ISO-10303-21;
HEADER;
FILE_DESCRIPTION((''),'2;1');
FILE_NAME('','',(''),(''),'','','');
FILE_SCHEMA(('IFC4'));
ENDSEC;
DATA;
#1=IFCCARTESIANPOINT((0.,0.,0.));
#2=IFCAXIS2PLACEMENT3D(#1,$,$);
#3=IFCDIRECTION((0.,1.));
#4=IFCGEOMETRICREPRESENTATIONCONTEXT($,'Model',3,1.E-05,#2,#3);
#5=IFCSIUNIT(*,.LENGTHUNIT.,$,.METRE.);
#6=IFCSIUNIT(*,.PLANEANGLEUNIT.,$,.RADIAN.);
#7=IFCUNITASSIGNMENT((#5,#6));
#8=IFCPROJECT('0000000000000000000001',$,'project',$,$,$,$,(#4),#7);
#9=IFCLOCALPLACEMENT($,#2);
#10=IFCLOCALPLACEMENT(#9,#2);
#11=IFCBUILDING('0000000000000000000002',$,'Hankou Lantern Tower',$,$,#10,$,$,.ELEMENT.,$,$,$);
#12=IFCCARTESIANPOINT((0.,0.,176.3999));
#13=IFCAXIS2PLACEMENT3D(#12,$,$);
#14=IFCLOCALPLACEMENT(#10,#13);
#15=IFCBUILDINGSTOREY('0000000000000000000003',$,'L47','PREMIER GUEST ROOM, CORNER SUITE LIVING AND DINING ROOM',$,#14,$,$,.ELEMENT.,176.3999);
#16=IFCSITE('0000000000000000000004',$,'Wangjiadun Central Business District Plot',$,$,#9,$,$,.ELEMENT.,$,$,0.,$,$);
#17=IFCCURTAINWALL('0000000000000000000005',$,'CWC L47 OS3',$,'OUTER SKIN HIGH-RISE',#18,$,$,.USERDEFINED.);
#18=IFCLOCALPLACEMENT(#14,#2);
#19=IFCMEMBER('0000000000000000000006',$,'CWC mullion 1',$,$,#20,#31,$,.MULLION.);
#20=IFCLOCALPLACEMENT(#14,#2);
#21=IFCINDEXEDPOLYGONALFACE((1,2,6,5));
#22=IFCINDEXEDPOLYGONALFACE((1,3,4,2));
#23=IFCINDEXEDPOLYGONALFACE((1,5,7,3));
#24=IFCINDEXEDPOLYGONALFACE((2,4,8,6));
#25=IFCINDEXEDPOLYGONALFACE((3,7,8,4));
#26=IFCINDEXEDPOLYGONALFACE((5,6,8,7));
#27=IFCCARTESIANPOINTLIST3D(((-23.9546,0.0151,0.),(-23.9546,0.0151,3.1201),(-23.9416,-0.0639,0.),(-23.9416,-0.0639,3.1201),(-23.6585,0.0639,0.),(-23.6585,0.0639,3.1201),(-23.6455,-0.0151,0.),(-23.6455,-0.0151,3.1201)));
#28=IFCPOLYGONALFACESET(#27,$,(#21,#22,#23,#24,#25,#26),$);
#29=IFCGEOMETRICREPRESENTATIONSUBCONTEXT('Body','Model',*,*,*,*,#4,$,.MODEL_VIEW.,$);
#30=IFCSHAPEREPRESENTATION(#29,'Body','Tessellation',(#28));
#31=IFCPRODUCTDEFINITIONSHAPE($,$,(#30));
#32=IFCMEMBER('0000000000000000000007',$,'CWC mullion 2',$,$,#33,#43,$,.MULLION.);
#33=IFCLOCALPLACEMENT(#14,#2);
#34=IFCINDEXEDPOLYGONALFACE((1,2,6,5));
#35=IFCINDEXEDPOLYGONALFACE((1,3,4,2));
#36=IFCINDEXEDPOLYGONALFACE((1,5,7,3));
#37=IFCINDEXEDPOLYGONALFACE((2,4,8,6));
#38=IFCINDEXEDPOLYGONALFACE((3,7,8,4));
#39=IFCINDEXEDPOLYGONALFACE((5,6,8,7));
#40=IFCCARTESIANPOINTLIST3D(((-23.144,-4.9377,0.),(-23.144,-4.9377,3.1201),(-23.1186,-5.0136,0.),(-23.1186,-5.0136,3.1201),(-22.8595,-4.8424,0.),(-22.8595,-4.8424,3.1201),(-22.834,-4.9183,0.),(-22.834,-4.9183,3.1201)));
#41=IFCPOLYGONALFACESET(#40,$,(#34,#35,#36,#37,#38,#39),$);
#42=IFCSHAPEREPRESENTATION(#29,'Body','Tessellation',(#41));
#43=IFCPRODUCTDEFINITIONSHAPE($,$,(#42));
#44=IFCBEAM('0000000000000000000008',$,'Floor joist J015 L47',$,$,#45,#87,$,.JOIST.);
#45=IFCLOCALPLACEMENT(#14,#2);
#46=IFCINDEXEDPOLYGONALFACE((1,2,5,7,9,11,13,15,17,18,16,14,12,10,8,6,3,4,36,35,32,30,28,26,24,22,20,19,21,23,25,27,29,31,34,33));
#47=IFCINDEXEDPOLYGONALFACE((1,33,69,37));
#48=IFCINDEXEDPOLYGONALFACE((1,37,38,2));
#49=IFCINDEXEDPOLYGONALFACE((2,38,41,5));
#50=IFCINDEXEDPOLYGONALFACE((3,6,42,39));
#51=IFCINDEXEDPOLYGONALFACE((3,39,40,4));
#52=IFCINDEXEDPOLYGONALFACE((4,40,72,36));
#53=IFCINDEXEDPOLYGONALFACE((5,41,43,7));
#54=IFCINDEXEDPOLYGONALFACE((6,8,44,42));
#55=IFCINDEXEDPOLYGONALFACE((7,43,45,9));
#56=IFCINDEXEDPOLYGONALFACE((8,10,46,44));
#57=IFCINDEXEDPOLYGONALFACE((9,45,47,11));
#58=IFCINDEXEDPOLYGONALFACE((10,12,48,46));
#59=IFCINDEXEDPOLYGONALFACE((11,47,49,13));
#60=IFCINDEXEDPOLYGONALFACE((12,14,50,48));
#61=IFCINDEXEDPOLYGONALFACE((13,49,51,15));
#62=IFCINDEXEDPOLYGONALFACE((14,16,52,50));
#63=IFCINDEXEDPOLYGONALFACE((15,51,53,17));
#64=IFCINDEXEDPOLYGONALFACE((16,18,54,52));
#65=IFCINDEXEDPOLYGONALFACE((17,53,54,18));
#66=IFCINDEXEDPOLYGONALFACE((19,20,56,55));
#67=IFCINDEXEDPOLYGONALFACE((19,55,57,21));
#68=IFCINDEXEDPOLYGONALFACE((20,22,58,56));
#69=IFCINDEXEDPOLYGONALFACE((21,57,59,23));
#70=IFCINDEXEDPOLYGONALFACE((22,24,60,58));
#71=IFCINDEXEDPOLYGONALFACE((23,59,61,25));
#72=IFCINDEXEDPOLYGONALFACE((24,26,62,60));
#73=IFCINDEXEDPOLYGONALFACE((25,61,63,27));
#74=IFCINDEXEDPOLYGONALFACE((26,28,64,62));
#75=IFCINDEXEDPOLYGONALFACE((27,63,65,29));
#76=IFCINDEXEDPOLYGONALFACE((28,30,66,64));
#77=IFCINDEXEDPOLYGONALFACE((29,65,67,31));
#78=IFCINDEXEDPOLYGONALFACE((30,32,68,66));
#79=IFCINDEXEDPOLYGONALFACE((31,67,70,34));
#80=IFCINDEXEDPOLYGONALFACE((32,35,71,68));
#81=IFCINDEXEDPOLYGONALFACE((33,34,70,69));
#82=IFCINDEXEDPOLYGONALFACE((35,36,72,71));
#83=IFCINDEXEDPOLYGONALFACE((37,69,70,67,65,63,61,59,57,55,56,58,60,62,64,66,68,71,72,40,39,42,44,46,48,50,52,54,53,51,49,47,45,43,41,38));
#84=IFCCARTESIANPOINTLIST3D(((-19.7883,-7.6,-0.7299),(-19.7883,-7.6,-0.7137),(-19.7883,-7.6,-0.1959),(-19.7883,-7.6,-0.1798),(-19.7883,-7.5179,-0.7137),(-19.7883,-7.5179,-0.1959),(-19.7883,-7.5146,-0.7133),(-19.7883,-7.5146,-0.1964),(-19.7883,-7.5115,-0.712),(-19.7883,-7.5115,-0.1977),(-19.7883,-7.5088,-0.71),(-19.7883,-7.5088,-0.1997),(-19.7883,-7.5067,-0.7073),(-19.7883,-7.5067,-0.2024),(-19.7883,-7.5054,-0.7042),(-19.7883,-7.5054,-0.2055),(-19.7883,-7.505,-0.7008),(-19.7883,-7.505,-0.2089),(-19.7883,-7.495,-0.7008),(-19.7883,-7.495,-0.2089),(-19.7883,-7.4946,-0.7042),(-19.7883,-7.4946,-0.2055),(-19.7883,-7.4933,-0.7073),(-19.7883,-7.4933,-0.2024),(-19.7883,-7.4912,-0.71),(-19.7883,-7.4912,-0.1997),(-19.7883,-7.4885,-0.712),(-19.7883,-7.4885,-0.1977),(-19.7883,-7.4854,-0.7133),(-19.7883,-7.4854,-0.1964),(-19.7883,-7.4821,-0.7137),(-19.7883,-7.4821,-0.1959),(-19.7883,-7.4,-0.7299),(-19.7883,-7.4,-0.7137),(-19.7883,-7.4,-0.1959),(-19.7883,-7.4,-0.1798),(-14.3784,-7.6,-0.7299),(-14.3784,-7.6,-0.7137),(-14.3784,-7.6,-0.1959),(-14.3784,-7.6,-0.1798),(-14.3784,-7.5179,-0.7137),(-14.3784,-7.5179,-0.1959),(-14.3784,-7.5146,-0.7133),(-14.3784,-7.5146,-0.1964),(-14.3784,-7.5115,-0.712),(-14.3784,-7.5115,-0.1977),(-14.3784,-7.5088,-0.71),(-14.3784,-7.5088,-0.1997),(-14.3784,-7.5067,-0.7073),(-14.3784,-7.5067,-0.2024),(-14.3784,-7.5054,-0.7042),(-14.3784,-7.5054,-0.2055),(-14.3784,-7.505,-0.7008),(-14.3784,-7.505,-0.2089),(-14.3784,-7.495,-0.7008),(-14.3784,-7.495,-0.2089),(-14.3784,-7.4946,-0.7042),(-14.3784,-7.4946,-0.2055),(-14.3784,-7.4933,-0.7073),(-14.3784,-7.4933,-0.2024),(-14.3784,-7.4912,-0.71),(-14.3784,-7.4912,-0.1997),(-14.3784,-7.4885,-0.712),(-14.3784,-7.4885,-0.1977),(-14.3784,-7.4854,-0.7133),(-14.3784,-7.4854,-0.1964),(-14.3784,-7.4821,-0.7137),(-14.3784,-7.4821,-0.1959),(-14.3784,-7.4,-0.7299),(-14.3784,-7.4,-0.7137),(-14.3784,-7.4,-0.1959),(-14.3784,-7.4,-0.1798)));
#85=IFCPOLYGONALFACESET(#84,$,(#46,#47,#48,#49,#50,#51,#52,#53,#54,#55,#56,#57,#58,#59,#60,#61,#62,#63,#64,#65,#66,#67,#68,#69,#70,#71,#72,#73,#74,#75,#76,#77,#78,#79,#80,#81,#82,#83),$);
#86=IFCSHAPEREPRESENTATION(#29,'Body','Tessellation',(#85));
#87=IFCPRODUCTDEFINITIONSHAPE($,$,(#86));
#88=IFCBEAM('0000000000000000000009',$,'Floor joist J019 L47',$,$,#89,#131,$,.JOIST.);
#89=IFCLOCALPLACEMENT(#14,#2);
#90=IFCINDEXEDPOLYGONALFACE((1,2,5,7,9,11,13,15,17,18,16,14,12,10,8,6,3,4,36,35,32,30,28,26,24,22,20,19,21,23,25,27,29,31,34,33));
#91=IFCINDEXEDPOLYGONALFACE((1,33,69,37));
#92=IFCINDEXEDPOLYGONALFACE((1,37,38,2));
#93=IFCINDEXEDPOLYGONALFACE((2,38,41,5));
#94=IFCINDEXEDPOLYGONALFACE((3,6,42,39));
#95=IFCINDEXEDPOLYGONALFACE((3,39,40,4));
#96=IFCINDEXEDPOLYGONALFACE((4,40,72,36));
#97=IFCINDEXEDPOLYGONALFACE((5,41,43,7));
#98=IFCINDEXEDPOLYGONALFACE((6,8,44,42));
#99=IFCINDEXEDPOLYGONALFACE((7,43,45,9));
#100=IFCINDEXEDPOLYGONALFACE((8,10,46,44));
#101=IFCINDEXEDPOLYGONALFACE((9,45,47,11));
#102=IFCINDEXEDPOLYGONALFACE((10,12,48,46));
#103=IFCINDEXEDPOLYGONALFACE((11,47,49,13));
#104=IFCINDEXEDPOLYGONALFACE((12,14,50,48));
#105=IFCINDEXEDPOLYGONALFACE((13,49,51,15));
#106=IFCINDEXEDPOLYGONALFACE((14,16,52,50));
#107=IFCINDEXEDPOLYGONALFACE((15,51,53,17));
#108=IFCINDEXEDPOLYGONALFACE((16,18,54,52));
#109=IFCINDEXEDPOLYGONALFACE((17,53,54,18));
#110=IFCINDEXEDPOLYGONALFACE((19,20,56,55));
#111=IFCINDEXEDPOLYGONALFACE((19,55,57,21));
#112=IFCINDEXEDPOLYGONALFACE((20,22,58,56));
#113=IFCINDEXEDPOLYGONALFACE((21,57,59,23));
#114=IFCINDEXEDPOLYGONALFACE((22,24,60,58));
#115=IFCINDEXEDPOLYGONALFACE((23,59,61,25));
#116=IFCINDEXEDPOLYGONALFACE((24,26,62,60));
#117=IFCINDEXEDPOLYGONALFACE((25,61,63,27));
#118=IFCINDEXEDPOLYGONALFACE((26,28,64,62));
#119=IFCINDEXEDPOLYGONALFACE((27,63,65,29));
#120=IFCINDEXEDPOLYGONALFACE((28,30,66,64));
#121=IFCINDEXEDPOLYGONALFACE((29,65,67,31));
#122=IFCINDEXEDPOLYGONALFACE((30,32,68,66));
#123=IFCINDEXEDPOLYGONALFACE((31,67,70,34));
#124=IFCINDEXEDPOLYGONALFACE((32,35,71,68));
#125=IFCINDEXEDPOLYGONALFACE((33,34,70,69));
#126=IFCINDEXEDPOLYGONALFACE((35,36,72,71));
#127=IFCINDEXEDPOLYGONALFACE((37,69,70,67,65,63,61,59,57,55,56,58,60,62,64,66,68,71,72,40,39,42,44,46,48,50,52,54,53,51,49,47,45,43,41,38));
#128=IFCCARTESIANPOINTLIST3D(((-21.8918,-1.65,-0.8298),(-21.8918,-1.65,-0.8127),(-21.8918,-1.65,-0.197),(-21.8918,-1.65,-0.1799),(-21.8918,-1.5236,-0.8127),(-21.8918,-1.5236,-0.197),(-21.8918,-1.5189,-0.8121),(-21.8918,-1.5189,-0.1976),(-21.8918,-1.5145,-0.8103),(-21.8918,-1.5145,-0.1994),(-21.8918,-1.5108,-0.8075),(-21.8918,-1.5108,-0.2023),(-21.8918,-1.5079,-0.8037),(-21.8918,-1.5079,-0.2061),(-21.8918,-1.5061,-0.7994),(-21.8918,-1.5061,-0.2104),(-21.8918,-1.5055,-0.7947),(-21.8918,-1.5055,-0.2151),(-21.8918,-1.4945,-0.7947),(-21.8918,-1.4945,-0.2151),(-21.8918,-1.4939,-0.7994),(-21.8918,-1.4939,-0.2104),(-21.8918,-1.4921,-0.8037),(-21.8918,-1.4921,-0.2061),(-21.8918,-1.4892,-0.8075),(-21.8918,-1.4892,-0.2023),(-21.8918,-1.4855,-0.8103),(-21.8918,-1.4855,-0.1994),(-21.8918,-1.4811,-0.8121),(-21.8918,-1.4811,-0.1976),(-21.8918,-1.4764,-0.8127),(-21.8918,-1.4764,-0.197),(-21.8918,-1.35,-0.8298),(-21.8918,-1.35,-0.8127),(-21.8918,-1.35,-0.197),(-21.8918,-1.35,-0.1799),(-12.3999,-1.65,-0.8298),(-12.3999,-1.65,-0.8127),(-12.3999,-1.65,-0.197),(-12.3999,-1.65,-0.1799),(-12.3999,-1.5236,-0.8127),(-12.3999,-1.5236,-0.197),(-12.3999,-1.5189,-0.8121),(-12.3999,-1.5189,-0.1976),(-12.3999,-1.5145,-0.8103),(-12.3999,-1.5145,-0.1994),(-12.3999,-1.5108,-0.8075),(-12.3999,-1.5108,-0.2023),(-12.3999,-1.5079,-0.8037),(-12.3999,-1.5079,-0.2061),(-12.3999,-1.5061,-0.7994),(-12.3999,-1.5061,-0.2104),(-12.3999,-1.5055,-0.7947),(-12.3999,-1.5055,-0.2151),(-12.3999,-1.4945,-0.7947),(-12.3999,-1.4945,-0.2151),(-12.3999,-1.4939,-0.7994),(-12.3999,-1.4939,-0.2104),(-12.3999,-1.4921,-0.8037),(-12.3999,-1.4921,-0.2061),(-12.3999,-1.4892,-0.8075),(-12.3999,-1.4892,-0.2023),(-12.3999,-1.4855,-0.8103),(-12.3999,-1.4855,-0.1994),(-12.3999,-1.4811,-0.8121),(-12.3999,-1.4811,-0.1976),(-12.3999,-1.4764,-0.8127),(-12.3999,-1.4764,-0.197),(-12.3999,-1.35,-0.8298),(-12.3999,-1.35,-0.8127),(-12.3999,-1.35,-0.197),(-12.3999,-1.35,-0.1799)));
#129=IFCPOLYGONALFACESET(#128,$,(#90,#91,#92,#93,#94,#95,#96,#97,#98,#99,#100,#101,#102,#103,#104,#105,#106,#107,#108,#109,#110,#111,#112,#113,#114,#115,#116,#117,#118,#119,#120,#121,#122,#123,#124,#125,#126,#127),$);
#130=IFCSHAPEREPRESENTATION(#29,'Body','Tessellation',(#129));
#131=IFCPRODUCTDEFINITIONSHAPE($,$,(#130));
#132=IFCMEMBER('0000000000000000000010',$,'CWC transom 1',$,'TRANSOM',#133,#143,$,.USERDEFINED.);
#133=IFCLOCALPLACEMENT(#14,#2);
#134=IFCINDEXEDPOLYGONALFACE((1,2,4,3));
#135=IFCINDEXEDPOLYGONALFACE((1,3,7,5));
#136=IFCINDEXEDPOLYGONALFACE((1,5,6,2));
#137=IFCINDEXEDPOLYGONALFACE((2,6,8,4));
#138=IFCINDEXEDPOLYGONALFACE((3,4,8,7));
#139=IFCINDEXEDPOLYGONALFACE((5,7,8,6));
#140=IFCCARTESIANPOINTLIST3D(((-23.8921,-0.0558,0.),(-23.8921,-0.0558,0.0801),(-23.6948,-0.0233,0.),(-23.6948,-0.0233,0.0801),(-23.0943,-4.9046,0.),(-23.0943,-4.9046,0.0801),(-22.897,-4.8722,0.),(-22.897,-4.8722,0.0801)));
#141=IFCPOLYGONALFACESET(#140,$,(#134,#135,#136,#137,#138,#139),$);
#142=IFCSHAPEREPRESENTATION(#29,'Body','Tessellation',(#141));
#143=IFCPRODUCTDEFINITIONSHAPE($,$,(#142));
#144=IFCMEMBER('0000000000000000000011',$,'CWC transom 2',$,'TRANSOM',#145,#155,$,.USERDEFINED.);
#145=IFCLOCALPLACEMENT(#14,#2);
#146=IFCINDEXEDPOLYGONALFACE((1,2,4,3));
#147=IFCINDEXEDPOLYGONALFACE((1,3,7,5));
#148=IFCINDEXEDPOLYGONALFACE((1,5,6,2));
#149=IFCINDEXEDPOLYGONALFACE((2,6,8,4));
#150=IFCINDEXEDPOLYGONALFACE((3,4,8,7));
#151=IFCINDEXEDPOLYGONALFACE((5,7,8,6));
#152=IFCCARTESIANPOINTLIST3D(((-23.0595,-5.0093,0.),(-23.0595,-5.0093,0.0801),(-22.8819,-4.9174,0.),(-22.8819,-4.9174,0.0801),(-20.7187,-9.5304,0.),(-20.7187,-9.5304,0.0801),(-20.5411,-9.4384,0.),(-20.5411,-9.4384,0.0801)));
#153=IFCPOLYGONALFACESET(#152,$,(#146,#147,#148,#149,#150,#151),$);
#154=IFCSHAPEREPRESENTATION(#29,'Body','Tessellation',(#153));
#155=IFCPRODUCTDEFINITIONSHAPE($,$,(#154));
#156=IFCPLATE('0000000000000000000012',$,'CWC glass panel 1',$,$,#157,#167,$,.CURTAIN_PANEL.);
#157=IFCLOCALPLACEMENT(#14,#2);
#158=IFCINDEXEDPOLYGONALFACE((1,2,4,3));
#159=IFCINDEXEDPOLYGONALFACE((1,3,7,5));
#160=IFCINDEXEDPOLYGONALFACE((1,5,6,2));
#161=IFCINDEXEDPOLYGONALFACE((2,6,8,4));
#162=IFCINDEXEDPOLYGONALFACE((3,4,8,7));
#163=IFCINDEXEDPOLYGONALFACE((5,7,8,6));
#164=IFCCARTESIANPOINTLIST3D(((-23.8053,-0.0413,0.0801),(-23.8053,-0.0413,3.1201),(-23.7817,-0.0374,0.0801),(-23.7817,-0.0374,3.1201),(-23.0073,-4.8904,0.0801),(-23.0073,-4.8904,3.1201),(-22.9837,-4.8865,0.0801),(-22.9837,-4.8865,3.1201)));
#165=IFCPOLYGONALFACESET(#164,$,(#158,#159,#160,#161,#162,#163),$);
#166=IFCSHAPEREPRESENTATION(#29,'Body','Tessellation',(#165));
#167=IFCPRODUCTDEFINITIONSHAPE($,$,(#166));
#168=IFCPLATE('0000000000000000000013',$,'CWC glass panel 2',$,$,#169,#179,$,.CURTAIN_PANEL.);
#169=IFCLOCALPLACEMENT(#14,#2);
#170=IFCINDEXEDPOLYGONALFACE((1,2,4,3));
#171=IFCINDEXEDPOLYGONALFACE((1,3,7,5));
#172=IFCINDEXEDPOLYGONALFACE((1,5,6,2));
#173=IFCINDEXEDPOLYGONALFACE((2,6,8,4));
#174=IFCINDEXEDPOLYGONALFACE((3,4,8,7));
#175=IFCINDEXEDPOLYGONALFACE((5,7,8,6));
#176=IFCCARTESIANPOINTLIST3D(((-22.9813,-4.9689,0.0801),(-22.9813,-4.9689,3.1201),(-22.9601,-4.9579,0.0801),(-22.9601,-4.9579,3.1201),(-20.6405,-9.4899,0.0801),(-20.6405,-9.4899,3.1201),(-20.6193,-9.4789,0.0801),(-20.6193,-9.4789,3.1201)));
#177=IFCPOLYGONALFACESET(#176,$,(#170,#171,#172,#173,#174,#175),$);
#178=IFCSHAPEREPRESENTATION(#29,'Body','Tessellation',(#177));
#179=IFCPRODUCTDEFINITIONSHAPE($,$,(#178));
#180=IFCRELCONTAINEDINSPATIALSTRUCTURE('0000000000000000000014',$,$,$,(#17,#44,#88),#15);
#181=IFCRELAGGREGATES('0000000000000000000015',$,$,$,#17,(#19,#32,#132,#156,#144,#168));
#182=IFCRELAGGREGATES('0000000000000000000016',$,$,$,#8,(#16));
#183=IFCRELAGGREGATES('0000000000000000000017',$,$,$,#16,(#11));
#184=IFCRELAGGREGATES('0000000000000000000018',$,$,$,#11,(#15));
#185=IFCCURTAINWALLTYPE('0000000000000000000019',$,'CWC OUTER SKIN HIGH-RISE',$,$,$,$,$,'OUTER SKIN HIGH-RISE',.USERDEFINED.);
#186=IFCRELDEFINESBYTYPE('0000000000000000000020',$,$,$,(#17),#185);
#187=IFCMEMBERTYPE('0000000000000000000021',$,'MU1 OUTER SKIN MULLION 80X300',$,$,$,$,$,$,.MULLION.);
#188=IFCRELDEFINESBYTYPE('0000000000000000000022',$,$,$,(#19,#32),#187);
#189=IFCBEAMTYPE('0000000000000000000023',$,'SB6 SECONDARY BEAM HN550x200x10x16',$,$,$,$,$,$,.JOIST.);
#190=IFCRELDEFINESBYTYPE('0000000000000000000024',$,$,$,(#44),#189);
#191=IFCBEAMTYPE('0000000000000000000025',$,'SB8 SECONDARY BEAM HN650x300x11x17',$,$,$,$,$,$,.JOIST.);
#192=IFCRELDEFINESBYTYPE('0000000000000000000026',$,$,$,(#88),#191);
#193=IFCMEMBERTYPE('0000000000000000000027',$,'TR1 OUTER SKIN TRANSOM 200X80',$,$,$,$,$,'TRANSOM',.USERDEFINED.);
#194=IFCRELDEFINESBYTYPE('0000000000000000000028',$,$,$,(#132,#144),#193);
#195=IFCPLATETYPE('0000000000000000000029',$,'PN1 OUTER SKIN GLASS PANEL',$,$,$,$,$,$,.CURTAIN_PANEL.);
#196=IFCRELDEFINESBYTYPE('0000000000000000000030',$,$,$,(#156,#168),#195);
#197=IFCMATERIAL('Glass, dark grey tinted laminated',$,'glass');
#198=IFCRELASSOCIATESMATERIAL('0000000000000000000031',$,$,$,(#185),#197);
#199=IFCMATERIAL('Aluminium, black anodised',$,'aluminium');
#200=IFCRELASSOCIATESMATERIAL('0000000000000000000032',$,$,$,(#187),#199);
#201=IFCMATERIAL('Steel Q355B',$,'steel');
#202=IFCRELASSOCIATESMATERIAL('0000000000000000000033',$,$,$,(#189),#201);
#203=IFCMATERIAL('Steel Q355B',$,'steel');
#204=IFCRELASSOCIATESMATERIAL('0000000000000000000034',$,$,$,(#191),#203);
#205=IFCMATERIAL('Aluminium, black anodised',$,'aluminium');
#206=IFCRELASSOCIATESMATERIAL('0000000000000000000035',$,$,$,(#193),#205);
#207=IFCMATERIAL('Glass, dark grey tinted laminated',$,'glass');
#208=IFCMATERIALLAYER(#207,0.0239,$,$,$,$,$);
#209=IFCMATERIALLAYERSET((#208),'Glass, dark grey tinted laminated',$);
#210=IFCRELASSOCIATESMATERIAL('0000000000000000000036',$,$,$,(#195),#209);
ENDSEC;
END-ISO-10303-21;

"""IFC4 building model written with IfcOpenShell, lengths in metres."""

from ifc_helpers import new_model, si_unit, direction, frame, origin, origin_2d, place, context, subcontext, project, spatial, rectangle, i_section, extrude, material, layer, layer_set, material_profile, profile_set, type_object, element, aggregate, save


model = new_model("IFC4")

# Units and contexts
model_context = context("Model", 3, precision=1e-05, world=origin(), true_north=direction((0.0, 1.0)))
body_context = subcontext(model_context, "Body", "Model", "MODEL_VIEW")
ifc_project = project(units=[si_unit("LENGTHUNIT", "METRE"), si_unit("PLANEANGLEUNIT", "RADIAN")], contexts=[model_context])

# Site, building, storey
site_placement = place(None, origin())
site = spatial("IfcSite", under=ifc_project, at=site_placement, Name="Wangjiadun Central Business District Plot", CompositionType="ELEMENT", RefElevation=0.0)
building_placement = place(site_placement, origin())
building = spatial("IfcBuilding", under=site, at=building_placement, Name="Hankou Lantern Tower", CompositionType="ELEMENT")
storey_placement = place(building_placement, frame((0.0, 0.0, 176.3999)))
storey = spatial("IfcBuildingStorey", under=building, at=storey_placement, Name="L47", Description="PREMIER GUEST ROOM, CORNER SUITE LIVING AND DINING ROOM", CompositionType="ELEMENT", Elevation=176.3999)

# Curtain wall, members
ifc_material_1 = material(Name="Glass, dark grey tinted laminated", Category="glass")
curtain_wall_type = type_object("IfcCurtainWallType", Name="CWC OUTER SKIN HIGH-RISE", ElementType="OUTER SKIN HIGH-RISE", PredefinedType="USERDEFINED", material=ifc_material_1)
curtain_wall_placement = place(storey_placement, origin())
curtain_wall = element("IfcCurtainWall", 1, at=curtain_wall_placement, inside=storey, type_object=curtain_wall_type, Name="CWC L47 OS3", ObjectType="OUTER SKIN HIGH-RISE", PredefinedType="USERDEFINED")
ifc_material_2 = material(Name="Aluminium, black anodised", Category="aluminium")
ifc_material_profile_1 = material_profile(ifc_material_2, rectangle(XDim=0.0801, YDim=0.3, at=origin_2d()), Name="MU1 80X300")
ifc_profile_set_1 = profile_set([ifc_material_profile_1], Name="Aluminium, black anodised")
member_type_1 = type_object("IfcMemberType", Name="MU1 OUTER SKIN MULLION 80X300", PredefinedType="MULLION", material=ifc_profile_set_1)
member_1_placement = place(storey_placement, frame((-23.8, 0.0, 0.0), z_axis=(0.0, 0.0, 1.0), x_axis=(0.162382, -0.986728, 0.0)))
member_1 = element("IfcMember", 2, at=member_1_placement, type_object=member_type_1, Name="CWC mullion 1", PredefinedType="MULLION", context=body_context, shape_type="SweptSolid", body=[
    extrude(rectangle(XDim=0.0801, YDim=0.3, at=origin_2d()), origin(), (0.0, 0.0, 1.0), 3.1201),
])
member_2_placement = place(storey_placement, frame((-22.989, -4.928, 0.0), z_axis=(0.0, 0.0, 1.0), x_axis=(0.317596, -0.948226, 0.0)))
member_2 = element("IfcMember", 3, at=member_2_placement, type_object=member_type_1, Name="CWC mullion 2", PredefinedType="MULLION", context=body_context, shape_type="SweptSolid", body=[
    extrude(rectangle(XDim=0.0801, YDim=0.3, at=origin_2d()), origin(), (0.0, 0.0, 1.0), 3.1201),
])

# Beams
ifc_material_3 = material(Name="Steel Q355B", Category="steel")
ifc_material_profile_2 = material_profile(ifc_material_3, i_section(OverallWidth=0.2, OverallDepth=0.55, WebThickness=0.01, FlangeThickness=0.0161, FilletRadius=0.0129, at=origin_2d()), Name="HN550x200x10x16")
ifc_profile_set_2 = profile_set([ifc_material_profile_2], Name="Steel Q355B")
beam_type_1 = type_object("IfcBeamType", Name="SB6 SECONDARY BEAM HN550x200x10x16", PredefinedType="JOIST", material=ifc_profile_set_2)
beam_1_placement = place(storey_placement, frame((-19.7883, -7.5, -0.4548), z_axis=(1.0, 0.0, 0.0), x_axis=(0.0, 1.0, 0.0)))
element("IfcBeam", 4, at=beam_1_placement, inside=storey, type_object=beam_type_1, Name="Floor joist J015 L47", PredefinedType="JOIST", context=body_context, shape_type="SweptSolid", body=[
    extrude(i_section(OverallWidth=0.2, OverallDepth=0.55, WebThickness=0.01, FlangeThickness=0.0161, FilletRadius=0.0129, at=origin_2d()), origin(), (0.0, 0.0, 1.0), 5.4099),
])
ifc_material_4 = material(Name="Steel Q355B", Category="steel")
ifc_material_profile_3 = material_profile(ifc_material_4, i_section(OverallWidth=0.3, OverallDepth=0.6499, WebThickness=0.011, FlangeThickness=0.0171, FilletRadius=0.0181, at=origin_2d()), Name="HN650x300x11x17")
ifc_profile_set_3 = profile_set([ifc_material_profile_3], Name="Steel Q355B")
beam_type_2 = type_object("IfcBeamType", Name="SB8 SECONDARY BEAM HN650x300x11x17", PredefinedType="JOIST", material=ifc_profile_set_3)
beam_2_placement = place(storey_placement, frame((-21.8918, -1.5, -0.5049), z_axis=(1.0, 0.0, 0.0), x_axis=(0.0, 1.0, 0.0)))
element("IfcBeam", 5, at=beam_2_placement, inside=storey, type_object=beam_type_2, Name="Floor joist J019 L47", PredefinedType="JOIST", context=body_context, shape_type="SweptSolid", body=[
    extrude(i_section(OverallWidth=0.3, OverallDepth=0.6499, WebThickness=0.011, FlangeThickness=0.0171, FilletRadius=0.0181, at=origin_2d()), origin(), (0.0, 0.0, 1.0), 9.4919),
])

# Members
ifc_material_5 = material(Name="Aluminium, black anodised", Category="aluminium")
ifc_material_profile_4 = material_profile(ifc_material_5, rectangle(XDim=0.2, YDim=0.0801, at=origin_2d()), Name="TR1 200X80")
ifc_profile_set_4 = profile_set([ifc_material_profile_4], Name="Aluminium, black anodised")
member_type_2 = type_object("IfcMemberType", Name="TR1 OUTER SKIN TRANSOM 200X80", ElementType="TRANSOM", PredefinedType="USERDEFINED", material=ifc_profile_set_4)
member_3_placement = place(storey_placement, frame((-23.7935, -0.0396, 0.04), z_axis=(0.16236, -0.986732, 0.0), x_axis=(0.986732, 0.16236, 0.0)))
member_3 = element("IfcMember", 6, at=member_3_placement, type_object=member_type_2, Name="CWC transom 1", ObjectType="TRANSOM", PredefinedType="USERDEFINED", context=body_context, shape_type="SweptSolid", body=[
    extrude(rectangle(XDim=0.2, YDim=0.0801, at=origin_2d()), origin(), (0.0, 0.0, 1.0), 4.9141),
])
member_4_placement = place(storey_placement, frame((-22.9707, -4.9634, 0.04), z_axis=(0.459791, -0.888027, 0.0), x_axis=(0.888027, 0.459791, 0.0)))
member_4 = element("IfcMember", 7, at=member_4_placement, type_object=member_type_2, Name="CWC transom 2", ObjectType="TRANSOM", PredefinedType="USERDEFINED", context=body_context, shape_type="SweptSolid", body=[
    extrude(rectangle(XDim=0.2, YDim=0.0801, at=origin_2d()), origin(), (0.0, 0.0, 1.0), 5.0911),
])

# Plates
ifc_material_6 = material(Name="Glass, dark grey tinted laminated", Category="glass")
ifc_layer_1 = layer(ifc_material_6, 0.0239)
ifc_layer_set_1 = layer_set([ifc_layer_1], Name="Glass, dark grey tinted laminated")
plate_type = type_object("IfcPlateType", Name="PN1 OUTER SKIN GLASS PANEL", PredefinedType="CURTAIN_PANEL", material=ifc_layer_set_1)
plate_1_placement = place(storey_placement, frame((-23.3945, -2.4639, 0.0801), z_axis=(0.0, 0.0, 1.0), x_axis=(0.162382, -0.986728, 0.0)))
plate_1 = element("IfcPlate", 8, at=plate_1_placement, type_object=plate_type, Name="CWC glass panel 1", PredefinedType="CURTAIN_PANEL", context=body_context, shape_type="SweptSolid", body=[
    extrude(rectangle(XDim=4.9143, YDim=0.0239, at=origin_2d()), origin(), (0.0, 0.0, 1.0), 3.04),
])
plate_2_placement = place(storey_placement, frame((-21.8003, -7.2239, 0.0801), z_axis=(0.0, 0.0, 1.0), x_axis=(0.459791, -0.888027, 0.0)))
plate_2 = element("IfcPlate", 9, at=plate_2_placement, type_object=plate_type, Name="CWC glass panel 2", PredefinedType="CURTAIN_PANEL", context=body_context, shape_type="SweptSolid", body=[
    extrude(rectangle(XDim=5.0911, YDim=0.0239, at=origin_2d()), origin(), (0.0, 0.0, 1.0), 3.04),
])
aggregate(curtain_wall, [member_1, member_2, member_3, plate_1, member_4, plate_2])

save(model, "model.ifc")
